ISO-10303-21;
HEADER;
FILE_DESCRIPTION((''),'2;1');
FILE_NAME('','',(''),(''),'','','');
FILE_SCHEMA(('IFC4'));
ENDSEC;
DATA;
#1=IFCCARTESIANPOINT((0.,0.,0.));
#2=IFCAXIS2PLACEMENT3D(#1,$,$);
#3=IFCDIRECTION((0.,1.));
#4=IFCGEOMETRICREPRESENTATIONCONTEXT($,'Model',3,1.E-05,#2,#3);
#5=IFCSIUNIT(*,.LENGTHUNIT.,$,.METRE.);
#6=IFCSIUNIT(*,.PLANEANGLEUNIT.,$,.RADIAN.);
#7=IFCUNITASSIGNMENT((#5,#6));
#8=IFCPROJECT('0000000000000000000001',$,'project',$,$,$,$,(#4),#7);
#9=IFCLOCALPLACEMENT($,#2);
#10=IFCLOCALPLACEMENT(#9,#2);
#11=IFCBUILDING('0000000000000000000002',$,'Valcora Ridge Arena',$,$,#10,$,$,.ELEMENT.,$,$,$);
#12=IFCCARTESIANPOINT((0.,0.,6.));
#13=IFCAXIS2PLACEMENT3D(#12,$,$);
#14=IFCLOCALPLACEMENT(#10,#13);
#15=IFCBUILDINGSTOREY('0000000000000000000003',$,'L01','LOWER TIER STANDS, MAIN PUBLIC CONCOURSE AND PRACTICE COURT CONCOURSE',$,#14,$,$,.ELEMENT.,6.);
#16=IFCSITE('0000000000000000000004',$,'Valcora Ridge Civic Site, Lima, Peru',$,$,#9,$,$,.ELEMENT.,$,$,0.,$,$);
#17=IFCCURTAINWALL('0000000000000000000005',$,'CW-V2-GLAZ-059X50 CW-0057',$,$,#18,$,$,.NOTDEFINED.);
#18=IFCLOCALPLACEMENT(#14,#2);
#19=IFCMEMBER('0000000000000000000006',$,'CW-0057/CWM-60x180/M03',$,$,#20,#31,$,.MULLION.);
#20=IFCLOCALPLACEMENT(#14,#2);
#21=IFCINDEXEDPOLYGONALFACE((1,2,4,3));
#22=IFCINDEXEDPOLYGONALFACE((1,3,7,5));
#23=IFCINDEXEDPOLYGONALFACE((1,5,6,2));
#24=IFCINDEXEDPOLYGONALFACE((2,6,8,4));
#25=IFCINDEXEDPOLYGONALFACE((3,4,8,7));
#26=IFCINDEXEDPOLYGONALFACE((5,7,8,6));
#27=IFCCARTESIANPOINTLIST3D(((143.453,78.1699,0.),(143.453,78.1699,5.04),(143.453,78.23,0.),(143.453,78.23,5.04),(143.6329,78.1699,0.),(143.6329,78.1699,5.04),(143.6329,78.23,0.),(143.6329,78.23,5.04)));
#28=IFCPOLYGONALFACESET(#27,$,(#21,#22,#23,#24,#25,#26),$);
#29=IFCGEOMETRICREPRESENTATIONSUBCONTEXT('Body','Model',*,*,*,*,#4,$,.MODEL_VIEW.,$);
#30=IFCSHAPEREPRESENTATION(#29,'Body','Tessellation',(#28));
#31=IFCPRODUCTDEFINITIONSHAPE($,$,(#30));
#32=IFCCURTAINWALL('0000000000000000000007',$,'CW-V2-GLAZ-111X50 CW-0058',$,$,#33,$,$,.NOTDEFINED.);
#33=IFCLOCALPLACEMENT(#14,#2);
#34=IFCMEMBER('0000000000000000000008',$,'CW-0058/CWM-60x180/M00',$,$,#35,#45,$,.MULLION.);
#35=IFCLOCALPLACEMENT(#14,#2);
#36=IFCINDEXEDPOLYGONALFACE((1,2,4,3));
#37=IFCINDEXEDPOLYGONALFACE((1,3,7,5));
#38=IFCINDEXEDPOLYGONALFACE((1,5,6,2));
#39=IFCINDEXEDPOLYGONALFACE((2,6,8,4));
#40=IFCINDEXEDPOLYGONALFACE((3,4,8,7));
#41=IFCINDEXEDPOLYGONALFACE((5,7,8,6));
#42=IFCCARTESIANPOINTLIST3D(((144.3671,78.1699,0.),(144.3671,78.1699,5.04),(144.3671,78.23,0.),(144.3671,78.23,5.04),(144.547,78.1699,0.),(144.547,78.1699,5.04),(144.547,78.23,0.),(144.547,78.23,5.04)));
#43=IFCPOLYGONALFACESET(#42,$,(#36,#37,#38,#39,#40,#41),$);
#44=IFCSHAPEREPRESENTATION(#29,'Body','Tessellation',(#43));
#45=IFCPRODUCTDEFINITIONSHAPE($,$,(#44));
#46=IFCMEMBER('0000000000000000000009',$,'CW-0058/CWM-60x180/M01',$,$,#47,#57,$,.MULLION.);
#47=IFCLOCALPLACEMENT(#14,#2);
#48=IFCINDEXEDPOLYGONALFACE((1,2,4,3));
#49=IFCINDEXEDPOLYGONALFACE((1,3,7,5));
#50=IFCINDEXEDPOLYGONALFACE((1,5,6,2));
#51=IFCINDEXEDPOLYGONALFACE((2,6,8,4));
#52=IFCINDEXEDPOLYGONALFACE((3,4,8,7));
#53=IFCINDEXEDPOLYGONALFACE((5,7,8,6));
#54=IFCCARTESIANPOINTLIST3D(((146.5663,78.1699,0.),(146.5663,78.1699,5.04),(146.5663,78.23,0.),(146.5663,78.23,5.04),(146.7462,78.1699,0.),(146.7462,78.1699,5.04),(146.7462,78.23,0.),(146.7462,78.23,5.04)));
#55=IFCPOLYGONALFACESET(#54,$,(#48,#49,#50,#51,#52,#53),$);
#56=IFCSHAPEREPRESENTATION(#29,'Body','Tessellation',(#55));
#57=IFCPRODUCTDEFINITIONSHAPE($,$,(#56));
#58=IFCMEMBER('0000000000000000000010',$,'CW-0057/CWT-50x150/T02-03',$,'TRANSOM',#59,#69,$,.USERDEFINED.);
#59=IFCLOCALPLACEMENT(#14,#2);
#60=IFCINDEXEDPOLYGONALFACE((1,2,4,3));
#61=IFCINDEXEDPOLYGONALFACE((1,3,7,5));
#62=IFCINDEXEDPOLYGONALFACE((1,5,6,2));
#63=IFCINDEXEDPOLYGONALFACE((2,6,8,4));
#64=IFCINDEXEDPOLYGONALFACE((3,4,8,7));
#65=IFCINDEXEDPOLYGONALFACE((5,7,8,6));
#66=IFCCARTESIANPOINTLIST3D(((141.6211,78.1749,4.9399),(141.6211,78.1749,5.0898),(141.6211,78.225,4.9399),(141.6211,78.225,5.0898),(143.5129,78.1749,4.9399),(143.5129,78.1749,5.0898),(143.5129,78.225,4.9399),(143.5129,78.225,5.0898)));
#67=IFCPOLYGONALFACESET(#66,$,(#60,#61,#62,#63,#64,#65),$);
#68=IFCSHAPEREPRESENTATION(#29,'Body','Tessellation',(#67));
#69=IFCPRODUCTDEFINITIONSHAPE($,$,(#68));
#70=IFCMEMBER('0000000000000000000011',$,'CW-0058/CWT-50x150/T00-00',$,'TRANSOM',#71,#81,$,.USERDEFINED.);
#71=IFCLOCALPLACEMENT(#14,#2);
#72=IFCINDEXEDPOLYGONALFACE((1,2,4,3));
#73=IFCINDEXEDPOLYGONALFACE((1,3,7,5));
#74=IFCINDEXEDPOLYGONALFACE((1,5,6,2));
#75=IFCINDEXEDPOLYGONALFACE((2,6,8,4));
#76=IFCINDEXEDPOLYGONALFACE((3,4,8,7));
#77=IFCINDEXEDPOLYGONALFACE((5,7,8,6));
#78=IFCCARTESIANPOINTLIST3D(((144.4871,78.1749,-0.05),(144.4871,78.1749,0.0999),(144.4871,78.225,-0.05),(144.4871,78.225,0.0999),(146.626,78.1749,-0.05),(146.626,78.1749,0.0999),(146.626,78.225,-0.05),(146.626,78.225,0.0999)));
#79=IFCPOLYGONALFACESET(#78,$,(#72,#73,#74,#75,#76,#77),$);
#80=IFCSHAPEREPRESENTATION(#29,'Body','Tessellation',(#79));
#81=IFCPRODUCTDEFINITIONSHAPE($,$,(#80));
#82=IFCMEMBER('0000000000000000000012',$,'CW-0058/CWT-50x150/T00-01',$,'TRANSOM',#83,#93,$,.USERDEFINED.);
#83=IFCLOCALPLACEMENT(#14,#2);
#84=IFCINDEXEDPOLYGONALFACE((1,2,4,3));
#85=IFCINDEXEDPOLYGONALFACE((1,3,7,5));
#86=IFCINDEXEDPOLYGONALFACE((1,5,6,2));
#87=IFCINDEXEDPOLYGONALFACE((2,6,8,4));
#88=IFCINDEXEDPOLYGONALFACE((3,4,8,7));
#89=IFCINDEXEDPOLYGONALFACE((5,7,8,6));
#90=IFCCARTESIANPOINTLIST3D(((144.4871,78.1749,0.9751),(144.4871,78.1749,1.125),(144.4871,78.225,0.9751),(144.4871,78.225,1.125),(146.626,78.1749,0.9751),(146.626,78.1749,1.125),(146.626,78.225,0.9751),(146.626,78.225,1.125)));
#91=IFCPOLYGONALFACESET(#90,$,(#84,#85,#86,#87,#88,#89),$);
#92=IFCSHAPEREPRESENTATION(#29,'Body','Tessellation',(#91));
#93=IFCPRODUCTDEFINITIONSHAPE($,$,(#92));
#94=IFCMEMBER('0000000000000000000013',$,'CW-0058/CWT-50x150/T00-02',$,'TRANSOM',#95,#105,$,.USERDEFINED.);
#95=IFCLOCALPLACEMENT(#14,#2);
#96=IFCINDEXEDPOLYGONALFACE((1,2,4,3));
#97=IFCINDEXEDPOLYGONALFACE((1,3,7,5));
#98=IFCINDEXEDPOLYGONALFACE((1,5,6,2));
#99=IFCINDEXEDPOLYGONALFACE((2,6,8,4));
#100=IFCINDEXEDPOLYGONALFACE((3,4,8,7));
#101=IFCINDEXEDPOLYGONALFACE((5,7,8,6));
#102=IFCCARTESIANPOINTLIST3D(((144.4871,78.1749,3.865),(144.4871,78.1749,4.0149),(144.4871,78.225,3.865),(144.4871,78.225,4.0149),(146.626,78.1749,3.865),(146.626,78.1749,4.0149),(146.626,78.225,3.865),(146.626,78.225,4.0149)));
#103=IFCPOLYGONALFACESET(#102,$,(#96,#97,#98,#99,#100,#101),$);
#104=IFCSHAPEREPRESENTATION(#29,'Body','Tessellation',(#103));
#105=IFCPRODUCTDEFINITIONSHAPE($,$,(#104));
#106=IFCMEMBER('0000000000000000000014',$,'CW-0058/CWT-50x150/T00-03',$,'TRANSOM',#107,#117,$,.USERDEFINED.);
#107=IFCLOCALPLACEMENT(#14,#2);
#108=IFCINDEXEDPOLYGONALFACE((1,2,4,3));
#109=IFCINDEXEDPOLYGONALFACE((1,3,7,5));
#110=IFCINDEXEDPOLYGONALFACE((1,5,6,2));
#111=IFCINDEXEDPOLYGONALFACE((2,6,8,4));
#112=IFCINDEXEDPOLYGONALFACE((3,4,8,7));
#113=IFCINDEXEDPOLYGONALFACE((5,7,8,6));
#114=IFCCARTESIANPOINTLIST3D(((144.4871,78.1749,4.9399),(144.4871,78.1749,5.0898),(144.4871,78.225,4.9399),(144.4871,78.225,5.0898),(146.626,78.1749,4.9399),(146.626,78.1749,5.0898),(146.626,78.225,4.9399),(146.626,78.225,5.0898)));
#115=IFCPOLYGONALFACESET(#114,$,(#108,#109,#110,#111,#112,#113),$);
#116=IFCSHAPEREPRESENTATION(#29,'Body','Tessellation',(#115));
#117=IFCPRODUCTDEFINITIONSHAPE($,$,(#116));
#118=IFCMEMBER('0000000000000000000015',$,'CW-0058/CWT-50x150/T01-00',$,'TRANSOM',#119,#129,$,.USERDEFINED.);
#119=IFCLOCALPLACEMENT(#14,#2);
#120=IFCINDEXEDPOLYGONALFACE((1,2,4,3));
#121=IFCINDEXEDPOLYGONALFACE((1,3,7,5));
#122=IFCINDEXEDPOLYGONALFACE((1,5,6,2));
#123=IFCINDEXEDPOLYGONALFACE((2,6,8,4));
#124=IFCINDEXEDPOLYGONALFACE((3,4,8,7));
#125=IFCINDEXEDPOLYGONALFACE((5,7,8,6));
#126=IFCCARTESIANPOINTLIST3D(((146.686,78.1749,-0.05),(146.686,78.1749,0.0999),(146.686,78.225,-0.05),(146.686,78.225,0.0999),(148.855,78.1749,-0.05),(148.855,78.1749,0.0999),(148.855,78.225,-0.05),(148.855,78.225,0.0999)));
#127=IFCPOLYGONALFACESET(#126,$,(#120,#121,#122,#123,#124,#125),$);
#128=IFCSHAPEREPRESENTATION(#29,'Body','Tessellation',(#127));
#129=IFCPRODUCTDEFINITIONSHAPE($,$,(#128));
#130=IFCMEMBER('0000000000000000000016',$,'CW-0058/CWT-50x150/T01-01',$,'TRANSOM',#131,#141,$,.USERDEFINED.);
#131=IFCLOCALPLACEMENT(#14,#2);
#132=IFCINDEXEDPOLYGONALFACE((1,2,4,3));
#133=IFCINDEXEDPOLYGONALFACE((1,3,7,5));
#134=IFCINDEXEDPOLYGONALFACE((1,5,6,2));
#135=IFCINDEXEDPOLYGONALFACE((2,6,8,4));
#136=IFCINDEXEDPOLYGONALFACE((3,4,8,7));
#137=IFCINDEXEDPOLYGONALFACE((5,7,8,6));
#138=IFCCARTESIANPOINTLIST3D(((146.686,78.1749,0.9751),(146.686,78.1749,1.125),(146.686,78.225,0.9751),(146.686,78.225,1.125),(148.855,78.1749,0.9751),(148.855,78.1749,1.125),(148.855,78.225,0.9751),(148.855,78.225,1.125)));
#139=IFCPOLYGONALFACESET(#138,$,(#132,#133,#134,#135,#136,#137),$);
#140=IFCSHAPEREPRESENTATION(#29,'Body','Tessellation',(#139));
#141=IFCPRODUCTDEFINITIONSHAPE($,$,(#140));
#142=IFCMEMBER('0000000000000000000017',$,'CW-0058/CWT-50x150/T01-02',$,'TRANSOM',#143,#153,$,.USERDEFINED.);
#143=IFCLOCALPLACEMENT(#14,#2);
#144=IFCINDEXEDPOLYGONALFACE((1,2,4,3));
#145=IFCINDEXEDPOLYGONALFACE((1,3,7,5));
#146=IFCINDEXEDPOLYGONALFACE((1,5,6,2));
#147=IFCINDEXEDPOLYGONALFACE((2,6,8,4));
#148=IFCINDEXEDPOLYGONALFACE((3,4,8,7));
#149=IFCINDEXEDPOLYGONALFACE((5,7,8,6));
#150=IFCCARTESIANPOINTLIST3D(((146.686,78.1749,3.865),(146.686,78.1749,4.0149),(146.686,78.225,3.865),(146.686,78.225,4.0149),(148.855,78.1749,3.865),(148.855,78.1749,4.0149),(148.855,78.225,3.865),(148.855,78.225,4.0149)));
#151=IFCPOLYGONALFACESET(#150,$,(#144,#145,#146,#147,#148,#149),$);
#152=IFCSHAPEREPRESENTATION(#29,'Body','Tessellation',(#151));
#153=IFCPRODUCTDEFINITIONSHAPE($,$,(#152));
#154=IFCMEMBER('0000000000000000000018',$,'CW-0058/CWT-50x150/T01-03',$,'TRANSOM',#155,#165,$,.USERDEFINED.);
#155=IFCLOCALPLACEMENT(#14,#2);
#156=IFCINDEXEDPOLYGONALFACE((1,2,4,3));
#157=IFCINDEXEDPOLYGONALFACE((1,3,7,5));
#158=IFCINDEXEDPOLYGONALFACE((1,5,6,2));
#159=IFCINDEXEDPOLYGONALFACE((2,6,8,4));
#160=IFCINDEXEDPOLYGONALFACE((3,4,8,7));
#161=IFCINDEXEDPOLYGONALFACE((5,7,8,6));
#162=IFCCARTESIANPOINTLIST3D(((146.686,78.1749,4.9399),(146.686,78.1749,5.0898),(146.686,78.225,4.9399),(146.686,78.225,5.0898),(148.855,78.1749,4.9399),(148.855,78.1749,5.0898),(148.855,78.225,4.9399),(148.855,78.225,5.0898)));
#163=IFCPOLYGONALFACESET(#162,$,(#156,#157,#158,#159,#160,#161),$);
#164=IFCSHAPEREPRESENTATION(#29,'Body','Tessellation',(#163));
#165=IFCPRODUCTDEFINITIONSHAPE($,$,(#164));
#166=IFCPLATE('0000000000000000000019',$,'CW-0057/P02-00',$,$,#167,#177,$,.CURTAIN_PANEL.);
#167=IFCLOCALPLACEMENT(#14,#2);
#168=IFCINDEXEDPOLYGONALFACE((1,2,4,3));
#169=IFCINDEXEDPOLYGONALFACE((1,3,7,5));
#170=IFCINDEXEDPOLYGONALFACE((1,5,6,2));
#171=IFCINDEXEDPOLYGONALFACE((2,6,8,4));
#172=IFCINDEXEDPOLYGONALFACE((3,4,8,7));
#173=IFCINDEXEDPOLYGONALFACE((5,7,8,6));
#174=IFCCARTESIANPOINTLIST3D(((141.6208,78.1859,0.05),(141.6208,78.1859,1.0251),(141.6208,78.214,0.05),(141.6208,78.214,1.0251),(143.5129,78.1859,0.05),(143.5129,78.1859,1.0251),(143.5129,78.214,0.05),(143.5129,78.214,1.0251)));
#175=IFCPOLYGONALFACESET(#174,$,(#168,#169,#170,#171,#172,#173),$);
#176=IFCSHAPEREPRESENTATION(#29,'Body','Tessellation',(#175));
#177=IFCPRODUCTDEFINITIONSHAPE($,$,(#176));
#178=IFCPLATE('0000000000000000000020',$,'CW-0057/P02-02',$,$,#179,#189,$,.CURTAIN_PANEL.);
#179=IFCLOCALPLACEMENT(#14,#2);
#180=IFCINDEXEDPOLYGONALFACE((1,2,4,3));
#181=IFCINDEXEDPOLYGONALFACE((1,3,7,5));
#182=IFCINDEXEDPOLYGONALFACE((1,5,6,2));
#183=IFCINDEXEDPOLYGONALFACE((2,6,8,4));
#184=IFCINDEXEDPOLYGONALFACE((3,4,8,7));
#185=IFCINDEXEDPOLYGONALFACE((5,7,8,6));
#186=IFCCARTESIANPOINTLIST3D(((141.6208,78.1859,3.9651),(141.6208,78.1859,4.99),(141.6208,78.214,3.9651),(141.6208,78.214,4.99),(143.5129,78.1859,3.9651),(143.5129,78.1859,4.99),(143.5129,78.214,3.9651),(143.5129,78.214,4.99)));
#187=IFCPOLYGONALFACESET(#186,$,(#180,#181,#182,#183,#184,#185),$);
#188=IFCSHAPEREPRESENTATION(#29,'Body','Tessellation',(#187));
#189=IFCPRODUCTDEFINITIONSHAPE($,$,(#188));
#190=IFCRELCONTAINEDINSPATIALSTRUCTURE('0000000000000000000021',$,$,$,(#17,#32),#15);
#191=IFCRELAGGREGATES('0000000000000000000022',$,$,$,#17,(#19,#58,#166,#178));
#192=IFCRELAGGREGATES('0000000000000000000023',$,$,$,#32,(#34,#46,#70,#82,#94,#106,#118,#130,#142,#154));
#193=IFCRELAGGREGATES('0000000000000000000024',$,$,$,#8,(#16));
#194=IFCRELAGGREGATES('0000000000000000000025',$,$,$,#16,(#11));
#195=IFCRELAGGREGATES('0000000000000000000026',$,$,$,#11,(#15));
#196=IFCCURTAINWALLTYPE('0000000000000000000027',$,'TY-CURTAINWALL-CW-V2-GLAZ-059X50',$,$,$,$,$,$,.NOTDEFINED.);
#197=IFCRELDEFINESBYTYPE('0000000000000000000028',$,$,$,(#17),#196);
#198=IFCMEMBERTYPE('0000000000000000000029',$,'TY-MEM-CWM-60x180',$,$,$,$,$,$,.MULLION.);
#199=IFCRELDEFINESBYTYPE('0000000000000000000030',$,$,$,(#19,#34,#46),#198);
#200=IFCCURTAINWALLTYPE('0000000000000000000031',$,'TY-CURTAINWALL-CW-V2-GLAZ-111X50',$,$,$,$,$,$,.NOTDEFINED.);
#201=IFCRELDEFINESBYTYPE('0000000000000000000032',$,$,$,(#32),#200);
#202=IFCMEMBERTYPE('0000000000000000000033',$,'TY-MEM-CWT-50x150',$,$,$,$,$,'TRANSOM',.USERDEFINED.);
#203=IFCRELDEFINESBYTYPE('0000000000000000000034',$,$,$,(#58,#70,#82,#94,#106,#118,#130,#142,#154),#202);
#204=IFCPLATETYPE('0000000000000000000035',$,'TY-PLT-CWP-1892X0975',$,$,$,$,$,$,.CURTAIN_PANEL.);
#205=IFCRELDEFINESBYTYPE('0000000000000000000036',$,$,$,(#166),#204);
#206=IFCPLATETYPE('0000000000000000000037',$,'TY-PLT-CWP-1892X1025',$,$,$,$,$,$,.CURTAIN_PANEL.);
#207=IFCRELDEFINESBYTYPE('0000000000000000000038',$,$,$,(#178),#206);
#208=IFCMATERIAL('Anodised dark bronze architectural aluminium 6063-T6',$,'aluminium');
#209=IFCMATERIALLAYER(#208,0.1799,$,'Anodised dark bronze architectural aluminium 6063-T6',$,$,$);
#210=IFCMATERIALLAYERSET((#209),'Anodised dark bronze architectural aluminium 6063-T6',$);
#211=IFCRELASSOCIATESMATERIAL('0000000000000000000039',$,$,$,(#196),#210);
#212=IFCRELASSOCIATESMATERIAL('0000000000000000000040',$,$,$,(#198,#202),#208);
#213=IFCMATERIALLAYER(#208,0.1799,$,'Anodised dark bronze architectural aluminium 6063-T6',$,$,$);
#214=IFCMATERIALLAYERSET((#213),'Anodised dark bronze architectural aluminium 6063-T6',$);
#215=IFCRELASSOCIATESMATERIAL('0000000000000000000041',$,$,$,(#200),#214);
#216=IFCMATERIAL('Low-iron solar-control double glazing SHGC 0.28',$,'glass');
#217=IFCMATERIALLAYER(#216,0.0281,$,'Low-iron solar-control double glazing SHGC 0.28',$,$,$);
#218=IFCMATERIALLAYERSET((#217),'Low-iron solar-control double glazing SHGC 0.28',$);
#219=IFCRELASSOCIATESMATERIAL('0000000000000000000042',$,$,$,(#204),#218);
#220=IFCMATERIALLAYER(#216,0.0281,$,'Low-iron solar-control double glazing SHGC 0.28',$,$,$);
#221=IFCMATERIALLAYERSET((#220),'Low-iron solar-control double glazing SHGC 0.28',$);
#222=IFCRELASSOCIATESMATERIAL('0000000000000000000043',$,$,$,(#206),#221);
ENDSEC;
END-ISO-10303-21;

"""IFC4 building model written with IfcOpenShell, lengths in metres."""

from ifc_helpers import new_model, si_unit, direction, frame, origin, origin_2d, place, context, subcontext, project, spatial, rectangle, extrude, material, layer, layer_set, material_profile, profile_set, type_object, element, aggregate, save


model = new_model("IFC4")

# Units and contexts
model_context = context("Model", 3, precision=1e-05, world=origin(), true_north=direction((0.0, 1.0)))
body_context = subcontext(model_context, "Body", "Model", "MODEL_VIEW")
ifc_project = project(units=[si_unit("LENGTHUNIT", "METRE"), si_unit("PLANEANGLEUNIT", "RADIAN")], contexts=[model_context])

# Site, building, storey
site_placement = place(None, origin())
site = spatial("IfcSite", under=ifc_project, at=site_placement, Name="Valcora Ridge Civic Site, Lima, Peru", CompositionType="ELEMENT", RefElevation=0.0)
building_placement = place(site_placement, origin())
building = spatial("IfcBuilding", under=site, at=building_placement, Name="Valcora Ridge Arena", CompositionType="ELEMENT")
storey_placement = place(building_placement, frame((0.0, 0.0, 6.0)))
storey = spatial("IfcBuildingStorey", under=building, at=storey_placement, Name="L01", Description="LOWER TIER STANDS, MAIN PUBLIC CONCOURSE AND PRACTICE COURT CONCOURSE", CompositionType="ELEMENT", Elevation=6.0)

# Curtain wall, member
ifc_material_1 = material(Name="Anodised dark bronze architectural aluminium 6063-T6", Category="aluminium")
ifc_layer_1 = layer(ifc_material_1, 0.1799, Name="Anodised dark bronze architectural aluminium 6063-T6")
ifc_layer_set_1 = layer_set([ifc_layer_1], Name="Anodised dark bronze architectural aluminium 6063-T6")
curtain_wall_type_1 = type_object("IfcCurtainWallType", Name="TY-CURTAINWALL-CW-V2-GLAZ-059X50", PredefinedType="NOTDEFINED", material=ifc_layer_set_1)
curtain_wall_1_placement = place(storey_placement, origin())
curtain_wall_1 = element("IfcCurtainWall", 1, at=curtain_wall_1_placement, inside=storey, type_object=curtain_wall_type_1, Name="CW-V2-GLAZ-059X50 CW-0057", PredefinedType="NOTDEFINED")
ifc_material_profile_1 = material_profile(ifc_material_1, rectangle(XDim=0.0601, YDim=0.1799, at=origin_2d()), Name="ALU MULLION 60x180")
ifc_profile_set_1 = profile_set([ifc_material_profile_1], Name="Anodised dark bronze architectural aluminium 6063-T6")
member_type_1 = type_object("IfcMemberType", Name="TY-MEM-CWM-60x180", PredefinedType="MULLION", material=ifc_profile_set_1)
member_1_placement = place(storey_placement, frame((143.543, 78.2, 0.0), z_axis=(0.0, 0.0, 1.0), x_axis=(0.0, 1.0, 0.0)))
member_1 = element("IfcMember", 2, at=member_1_placement, type_object=member_type_1, Name="CW-0057/CWM-60x180/M03", PredefinedType="MULLION", context=body_context, shape_type="SweptSolid", body=[
    extrude(rectangle(XDim=0.0601, YDim=0.1799, at=origin_2d()), origin(), (0.0, 0.0, 1.0), 5.04),
])

# Curtain wall, members
ifc_layer_2 = layer(ifc_material_1, 0.1799, Name="Anodised dark bronze architectural aluminium 6063-T6")
ifc_layer_set_2 = layer_set([ifc_layer_2], Name="Anodised dark bronze architectural aluminium 6063-T6")
curtain_wall_type_2 = type_object("IfcCurtainWallType", Name="TY-CURTAINWALL-CW-V2-GLAZ-111X50", PredefinedType="NOTDEFINED", material=ifc_layer_set_2)
curtain_wall_2_placement = place(storey_placement, origin())
curtain_wall_2 = element("IfcCurtainWall", 3, at=curtain_wall_2_placement, inside=storey, type_object=curtain_wall_type_2, Name="CW-V2-GLAZ-111X50 CW-0058", PredefinedType="NOTDEFINED")
member_2_placement = place(storey_placement, frame((144.457, 78.2, 0.0), z_axis=(0.0, 0.0, 1.0), x_axis=(0.0, 1.0, 0.0)))
member_2 = element("IfcMember", 4, at=member_2_placement, type_object=member_type_1, Name="CW-0058/CWM-60x180/M00", PredefinedType="MULLION", context=body_context, shape_type="SweptSolid", body=[
    extrude(rectangle(XDim=0.0601, YDim=0.1799, at=origin_2d()), origin(), (0.0, 0.0, 1.0), 5.04),
])
member_3_placement = place(storey_placement, frame((146.6562, 78.2, 0.0), z_axis=(0.0, 0.0, 1.0), x_axis=(0.0, 1.0, 0.0)))
member_3 = element("IfcMember", 5, at=member_3_placement, type_object=member_type_1, Name="CW-0058/CWM-60x180/M01", PredefinedType="MULLION", context=body_context, shape_type="SweptSolid", body=[
    extrude(rectangle(XDim=0.0601, YDim=0.1799, at=origin_2d()), origin(), (0.0, 0.0, 1.0), 5.04),
])

# Members
ifc_material_profile_2 = material_profile(ifc_material_1, rectangle(XDim=0.05, YDim=0.1499, at=origin_2d()), Name="ALU TRANSOM 50x150")
ifc_profile_set_2 = profile_set([ifc_material_profile_2], Name="Anodised dark bronze architectural aluminium 6063-T6")
member_type_2 = type_object("IfcMemberType", Name="TY-MEM-CWT-50x150", ElementType="TRANSOM", PredefinedType="USERDEFINED", material=ifc_profile_set_2)
member_4_placement = place(storey_placement, frame((141.6211, 78.2, 5.0149), z_axis=(1.0, 0.0, 0.0), x_axis=(0.0, 1.0, 0.0)))
member_4 = element("IfcMember", 6, at=member_4_placement, type_object=member_type_2, Name="CW-0057/CWT-50x150/T02-03", ObjectType="TRANSOM", PredefinedType="USERDEFINED", context=body_context, shape_type="SweptSolid", body=[
    extrude(rectangle(XDim=0.05, YDim=0.1499, at=origin_2d()), origin(), (0.0, 0.0, 1.0), 1.8918),
])
member_5_placement = place(storey_placement, frame((144.4871, 78.2, 0.0249), z_axis=(1.0, 0.0, 0.0), x_axis=(0.0, 1.0, 0.0)))
member_5 = element("IfcMember", 7, at=member_5_placement, type_object=member_type_2, Name="CW-0058/CWT-50x150/T00-00", ObjectType="TRANSOM", PredefinedType="USERDEFINED", context=body_context, shape_type="SweptSolid", body=[
    extrude(rectangle(XDim=0.05, YDim=0.1499, at=origin_2d()), origin(), (0.0, 0.0, 1.0), 2.1389),
])
member_6_placement = place(storey_placement, frame((144.4871, 78.2, 1.05), z_axis=(1.0, 0.0, 0.0), x_axis=(0.0, 1.0, 0.0)))
member_6 = element("IfcMember", 8, at=member_6_placement, type_object=member_type_2, Name="CW-0058/CWT-50x150/T00-01", ObjectType="TRANSOM", PredefinedType="USERDEFINED", context=body_context, shape_type="SweptSolid", body=[
    extrude(rectangle(XDim=0.05, YDim=0.1499, at=origin_2d()), origin(), (0.0, 0.0, 1.0), 2.1389),
])
member_7_placement = place(storey_placement, frame((144.4871, 78.2, 3.9399), z_axis=(1.0, 0.0, 0.0), x_axis=(0.0, 1.0, 0.0)))
member_7 = element("IfcMember", 9, at=member_7_placement, type_object=member_type_2, Name="CW-0058/CWT-50x150/T00-02", ObjectType="TRANSOM", PredefinedType="USERDEFINED", context=body_context, shape_type="SweptSolid", body=[
    extrude(rectangle(XDim=0.05, YDim=0.1499, at=origin_2d()), origin(), (0.0, 0.0, 1.0), 2.1389),
])
member_8_placement = place(storey_placement, frame((144.4871, 78.2, 5.0149), z_axis=(1.0, 0.0, 0.0), x_axis=(0.0, 1.0, 0.0)))
member_8 = element("IfcMember", 10, at=member_8_placement, type_object=member_type_2, Name="CW-0058/CWT-50x150/T00-03", ObjectType="TRANSOM", PredefinedType="USERDEFINED", context=body_context, shape_type="SweptSolid", body=[
    extrude(rectangle(XDim=0.05, YDim=0.1499, at=origin_2d()), origin(), (0.0, 0.0, 1.0), 2.1389),
])
member_9_placement = place(storey_placement, frame((146.686, 78.2, 0.0249), z_axis=(1.0, 0.0, 0.0), x_axis=(0.0, 1.0, 0.0)))
member_9 = element("IfcMember", 11, at=member_9_placement, type_object=member_type_2, Name="CW-0058/CWT-50x150/T01-00", ObjectType="TRANSOM", PredefinedType="USERDEFINED", context=body_context, shape_type="SweptSolid", body=[
    extrude(rectangle(XDim=0.05, YDim=0.1499, at=origin_2d()), origin(), (0.0, 0.0, 1.0), 2.1689),
])
member_10_placement = place(storey_placement, frame((146.686, 78.2, 1.05), z_axis=(1.0, 0.0, 0.0), x_axis=(0.0, 1.0, 0.0)))
member_10 = element("IfcMember", 12, at=member_10_placement, type_object=member_type_2, Name="CW-0058/CWT-50x150/T01-01", ObjectType="TRANSOM", PredefinedType="USERDEFINED", context=body_context, shape_type="SweptSolid", body=[
    extrude(rectangle(XDim=0.05, YDim=0.1499, at=origin_2d()), origin(), (0.0, 0.0, 1.0), 2.1689),
])
member_11_placement = place(storey_placement, frame((146.686, 78.2, 3.9399), z_axis=(1.0, 0.0, 0.0), x_axis=(0.0, 1.0, 0.0)))
member_11 = element("IfcMember", 13, at=member_11_placement, type_object=member_type_2, Name="CW-0058/CWT-50x150/T01-02", ObjectType="TRANSOM", PredefinedType="USERDEFINED", context=body_context, shape_type="SweptSolid", body=[
    extrude(rectangle(XDim=0.05, YDim=0.1499, at=origin_2d()), origin(), (0.0, 0.0, 1.0), 2.1689),
])
member_12_placement = place(storey_placement, frame((146.686, 78.2, 5.0149), z_axis=(1.0, 0.0, 0.0), x_axis=(0.0, 1.0, 0.0)))
member_12 = element("IfcMember", 14, at=member_12_placement, type_object=member_type_2, Name="CW-0058/CWT-50x150/T01-03", ObjectType="TRANSOM", PredefinedType="USERDEFINED", context=body_context, shape_type="SweptSolid", body=[
    extrude(rectangle(XDim=0.05, YDim=0.1499, at=origin_2d()), origin(), (0.0, 0.0, 1.0), 2.1689),
])

# Plates
ifc_material_2 = material(Name="Low-iron solar-control double glazing SHGC 0.28", Category="glass")
ifc_layer_3 = layer(ifc_material_2, 0.0281, Name="Low-iron solar-control double glazing SHGC 0.28")
ifc_layer_set_3 = layer_set([ifc_layer_3], Name="Low-iron solar-control double glazing SHGC 0.28")
plate_type_1 = type_object("IfcPlateType", Name="TY-PLT-CWP-1892X0975", PredefinedType="CURTAIN_PANEL", material=ifc_layer_set_3)
plate_1_placement = place(storey_placement, frame((142.5669, 78.2, 0.05), z_axis=(0.0, 0.0, 1.0), x_axis=(1.0, 0.0, 0.0)))
plate_1 = element("IfcPlate", 15, at=plate_1_placement, type_object=plate_type_1, Name="CW-0057/P02-00", PredefinedType="CURTAIN_PANEL", context=body_context, shape_type="SweptSolid", body=[
    extrude(rectangle(XDim=1.8921, YDim=0.0281, at=origin_2d()), origin(), (0.0, 0.0, 1.0), 0.9751),
])
ifc_layer_4 = layer(ifc_material_2, 0.0281, Name="Low-iron solar-control double glazing SHGC 0.28")
ifc_layer_set_4 = layer_set([ifc_layer_4], Name="Low-iron solar-control double glazing SHGC 0.28")
plate_type_2 = type_object("IfcPlateType", Name="TY-PLT-CWP-1892X1025", PredefinedType="CURTAIN_PANEL", material=ifc_layer_set_4)
plate_2_placement = place(storey_placement, frame((142.5669, 78.2, 3.9651), z_axis=(0.0, 0.0, 1.0), x_axis=(1.0, 0.0, 0.0)))
plate_2 = element("IfcPlate", 16, at=plate_2_placement, type_object=plate_type_2, Name="CW-0057/P02-02", PredefinedType="CURTAIN_PANEL", context=body_context, shape_type="SweptSolid", body=[
    extrude(rectangle(XDim=1.8921, YDim=0.0281, at=origin_2d()), origin(), (0.0, 0.0, 1.0), 1.0249),
])
aggregate(curtain_wall_1, [member_1, member_4, plate_1, plate_2])
aggregate(curtain_wall_2, [member_2, member_3, member_5, member_6, member_7, member_8, member_9, member_10, member_11, member_12])

save(model, "model.ifc")
